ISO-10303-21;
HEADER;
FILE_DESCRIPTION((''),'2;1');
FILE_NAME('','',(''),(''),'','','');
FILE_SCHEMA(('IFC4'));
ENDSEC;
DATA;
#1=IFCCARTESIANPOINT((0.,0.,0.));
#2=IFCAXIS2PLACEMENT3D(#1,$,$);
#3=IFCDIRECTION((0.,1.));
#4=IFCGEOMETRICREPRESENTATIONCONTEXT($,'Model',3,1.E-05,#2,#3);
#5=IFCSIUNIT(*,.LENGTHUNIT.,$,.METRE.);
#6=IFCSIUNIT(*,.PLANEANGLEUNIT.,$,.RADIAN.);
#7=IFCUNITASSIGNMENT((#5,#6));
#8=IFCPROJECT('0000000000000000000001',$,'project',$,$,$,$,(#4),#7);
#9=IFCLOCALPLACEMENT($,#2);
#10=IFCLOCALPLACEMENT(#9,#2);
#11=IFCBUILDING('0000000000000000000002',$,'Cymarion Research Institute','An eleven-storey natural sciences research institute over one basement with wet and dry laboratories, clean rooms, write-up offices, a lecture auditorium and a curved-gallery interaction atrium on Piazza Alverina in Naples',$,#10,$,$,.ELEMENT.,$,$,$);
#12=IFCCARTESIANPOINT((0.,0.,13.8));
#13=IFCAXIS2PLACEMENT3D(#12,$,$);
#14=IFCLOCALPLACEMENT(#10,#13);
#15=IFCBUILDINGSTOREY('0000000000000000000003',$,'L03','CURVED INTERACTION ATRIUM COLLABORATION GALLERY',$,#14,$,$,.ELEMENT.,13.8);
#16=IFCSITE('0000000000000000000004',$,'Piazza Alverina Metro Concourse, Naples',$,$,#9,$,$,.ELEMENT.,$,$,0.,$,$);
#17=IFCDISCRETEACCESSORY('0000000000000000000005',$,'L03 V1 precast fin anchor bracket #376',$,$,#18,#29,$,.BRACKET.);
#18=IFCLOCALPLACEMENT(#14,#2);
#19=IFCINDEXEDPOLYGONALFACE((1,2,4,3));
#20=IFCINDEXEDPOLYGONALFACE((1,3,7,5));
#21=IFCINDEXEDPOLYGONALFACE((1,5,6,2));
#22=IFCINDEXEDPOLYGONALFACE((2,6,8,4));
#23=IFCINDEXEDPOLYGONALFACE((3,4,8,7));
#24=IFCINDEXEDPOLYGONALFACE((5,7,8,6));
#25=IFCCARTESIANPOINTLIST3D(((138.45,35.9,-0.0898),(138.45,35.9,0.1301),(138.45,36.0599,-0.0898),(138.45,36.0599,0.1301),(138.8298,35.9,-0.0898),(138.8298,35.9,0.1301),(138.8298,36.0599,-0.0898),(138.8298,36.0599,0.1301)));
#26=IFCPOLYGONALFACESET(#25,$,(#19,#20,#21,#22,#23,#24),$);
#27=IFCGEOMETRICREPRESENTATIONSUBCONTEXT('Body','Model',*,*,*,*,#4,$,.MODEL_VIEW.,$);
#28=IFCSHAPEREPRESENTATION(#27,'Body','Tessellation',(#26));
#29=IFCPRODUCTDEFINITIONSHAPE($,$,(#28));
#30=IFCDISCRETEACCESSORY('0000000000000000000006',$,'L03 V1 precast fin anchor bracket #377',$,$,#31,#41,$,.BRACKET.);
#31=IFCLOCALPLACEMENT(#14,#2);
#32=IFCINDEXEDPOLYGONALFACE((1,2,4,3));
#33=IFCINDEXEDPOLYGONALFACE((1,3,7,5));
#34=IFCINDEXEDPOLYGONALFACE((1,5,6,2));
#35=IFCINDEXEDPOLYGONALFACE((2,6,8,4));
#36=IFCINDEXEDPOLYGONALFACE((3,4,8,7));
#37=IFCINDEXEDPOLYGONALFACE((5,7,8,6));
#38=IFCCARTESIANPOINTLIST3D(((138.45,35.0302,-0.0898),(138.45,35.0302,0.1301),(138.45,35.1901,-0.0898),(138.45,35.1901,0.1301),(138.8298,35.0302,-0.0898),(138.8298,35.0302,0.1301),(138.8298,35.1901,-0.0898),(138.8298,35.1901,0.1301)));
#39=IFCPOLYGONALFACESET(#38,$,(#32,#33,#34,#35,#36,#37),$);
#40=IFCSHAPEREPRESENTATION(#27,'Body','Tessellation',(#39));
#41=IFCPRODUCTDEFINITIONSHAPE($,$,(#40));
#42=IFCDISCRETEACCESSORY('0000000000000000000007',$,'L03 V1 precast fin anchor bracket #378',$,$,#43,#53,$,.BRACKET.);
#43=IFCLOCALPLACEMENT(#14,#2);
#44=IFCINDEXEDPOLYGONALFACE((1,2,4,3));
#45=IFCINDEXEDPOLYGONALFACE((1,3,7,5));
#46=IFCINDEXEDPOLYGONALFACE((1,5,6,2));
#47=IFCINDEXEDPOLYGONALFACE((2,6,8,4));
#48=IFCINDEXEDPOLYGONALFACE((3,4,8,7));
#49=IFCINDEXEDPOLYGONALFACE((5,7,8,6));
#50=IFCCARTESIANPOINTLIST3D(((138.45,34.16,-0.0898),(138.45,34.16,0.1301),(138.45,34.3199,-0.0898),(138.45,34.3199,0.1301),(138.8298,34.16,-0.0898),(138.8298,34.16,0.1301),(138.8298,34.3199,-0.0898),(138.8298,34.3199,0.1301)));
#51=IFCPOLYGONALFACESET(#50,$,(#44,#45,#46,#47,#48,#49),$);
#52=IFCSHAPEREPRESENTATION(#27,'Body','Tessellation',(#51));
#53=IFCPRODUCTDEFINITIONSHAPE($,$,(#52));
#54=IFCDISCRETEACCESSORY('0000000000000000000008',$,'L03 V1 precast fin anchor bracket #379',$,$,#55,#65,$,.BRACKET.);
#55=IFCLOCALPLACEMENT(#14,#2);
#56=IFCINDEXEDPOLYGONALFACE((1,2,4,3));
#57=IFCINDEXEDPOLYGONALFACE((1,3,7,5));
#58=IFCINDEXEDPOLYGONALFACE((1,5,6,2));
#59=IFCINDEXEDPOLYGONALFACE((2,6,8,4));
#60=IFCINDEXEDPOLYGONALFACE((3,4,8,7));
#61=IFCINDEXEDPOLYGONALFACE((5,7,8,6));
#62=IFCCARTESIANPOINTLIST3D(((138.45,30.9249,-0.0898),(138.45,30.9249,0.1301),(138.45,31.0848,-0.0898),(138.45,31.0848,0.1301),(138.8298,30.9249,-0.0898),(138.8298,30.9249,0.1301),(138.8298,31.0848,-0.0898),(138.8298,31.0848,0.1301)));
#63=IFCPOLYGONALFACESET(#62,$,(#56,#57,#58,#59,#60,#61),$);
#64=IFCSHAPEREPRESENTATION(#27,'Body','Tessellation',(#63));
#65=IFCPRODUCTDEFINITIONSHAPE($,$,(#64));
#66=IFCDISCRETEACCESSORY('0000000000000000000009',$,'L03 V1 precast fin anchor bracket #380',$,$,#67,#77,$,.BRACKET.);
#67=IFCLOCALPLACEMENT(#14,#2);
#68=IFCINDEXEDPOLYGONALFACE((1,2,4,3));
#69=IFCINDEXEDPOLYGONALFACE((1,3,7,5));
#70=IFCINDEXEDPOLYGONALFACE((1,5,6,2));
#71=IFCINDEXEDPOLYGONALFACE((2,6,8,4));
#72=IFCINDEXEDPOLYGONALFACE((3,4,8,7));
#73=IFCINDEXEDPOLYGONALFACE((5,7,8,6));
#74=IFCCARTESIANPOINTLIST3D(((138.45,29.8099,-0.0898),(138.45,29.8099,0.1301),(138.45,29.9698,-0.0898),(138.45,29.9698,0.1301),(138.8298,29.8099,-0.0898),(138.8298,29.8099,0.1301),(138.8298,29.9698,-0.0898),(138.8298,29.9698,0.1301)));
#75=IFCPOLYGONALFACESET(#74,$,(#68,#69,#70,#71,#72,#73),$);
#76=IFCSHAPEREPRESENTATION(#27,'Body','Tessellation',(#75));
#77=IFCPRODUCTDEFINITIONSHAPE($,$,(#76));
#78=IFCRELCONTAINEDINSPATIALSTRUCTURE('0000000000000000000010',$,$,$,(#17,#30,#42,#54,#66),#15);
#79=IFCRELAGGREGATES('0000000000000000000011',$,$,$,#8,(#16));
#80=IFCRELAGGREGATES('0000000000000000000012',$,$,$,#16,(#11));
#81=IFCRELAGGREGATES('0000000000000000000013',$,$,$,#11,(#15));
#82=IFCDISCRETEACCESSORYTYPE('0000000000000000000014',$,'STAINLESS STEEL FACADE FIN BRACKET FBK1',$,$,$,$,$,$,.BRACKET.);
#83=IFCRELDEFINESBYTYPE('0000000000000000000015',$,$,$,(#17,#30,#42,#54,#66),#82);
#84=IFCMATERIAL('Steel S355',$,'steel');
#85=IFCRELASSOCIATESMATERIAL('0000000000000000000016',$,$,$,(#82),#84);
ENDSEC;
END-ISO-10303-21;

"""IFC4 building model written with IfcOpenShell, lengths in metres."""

from ifc_helpers import new_model, si_unit, direction, frame, origin, origin_2d, place, context, subcontext, project, spatial, rectangle, extrude, material, type_object, element, save


model = new_model("IFC4")

# Units and contexts
model_context = context("Model", 3, precision=1e-05, world=origin(), true_north=direction((0.0, 1.0)))
body_context = subcontext(model_context, "Body", "Model", "MODEL_VIEW")
ifc_project = project(units=[si_unit("LENGTHUNIT", "METRE"), si_unit("PLANEANGLEUNIT", "RADIAN")], contexts=[model_context])

# Site, building, storey
site_placement = place(None, origin())
site = spatial("IfcSite", under=ifc_project, at=site_placement, Name="Piazza Alverina Metro Concourse, Naples", CompositionType="ELEMENT", RefElevation=0.0)
building_placement = place(site_placement, origin())
building = spatial("IfcBuilding", under=site, at=building_placement, Name="Cymarion Research Institute", Description="An eleven-storey natural sciences research institute over one basement with wet and dry laboratories, clean rooms, write-up offices, a lecture auditorium and a curved-gallery interaction atrium on Piazza Alverina in Naples", CompositionType="ELEMENT")
storey_placement = place(building_placement, frame((0.0, 0.0, 13.8)))
storey = spatial("IfcBuildingStorey", under=building, at=storey_placement, Name="L03", Description="CURVED INTERACTION ATRIUM COLLABORATION GALLERY", CompositionType="ELEMENT", Elevation=13.8)

# Shared definitions
ifc_material_1 = material(Name="Steel S355", Category="steel")

# Discrete accessories
discrete_accessory_type = type_object("IfcDiscreteAccessoryType", Name="STAINLESS STEEL FACADE FIN BRACKET FBK1", PredefinedType="BRACKET", material=ifc_material_1)
for number, where, z_axis, x_axis, name in (
    (1, (138.6399, 35.98, -0.0898), (0.0, 0.0, 1.0), (-1.0, 0.0, 0.0), "L03 V1 precast fin anchor bracket #376"),
    (2, (138.6399, 35.1101, -0.0898), (0.0, 0.0, 1.0), (-1.0, 0.0, 0.0), "L03 V1 precast fin anchor bracket #377"),
    (3, (138.6399, 34.24, -0.0898), (0.0, 0.0, 1.0), (-1.0, 0.0, 0.0), "L03 V1 precast fin anchor bracket #378"),
    (4, (138.6399, 31.0049, -0.0898), (0.0, 0.0, 1.0), (-1.0, 0.0, 0.0), "L03 V1 precast fin anchor bracket #379"),
    (5, (138.6399, 29.8899, -0.0898), (0.0, 0.0, 1.0), (-1.0, 0.0, 0.0), "L03 V1 precast fin anchor bracket #380"),
):
    element("IfcDiscreteAccessory", number, at=place(storey_placement, frame(where, z_axis=z_axis, x_axis=x_axis)), inside=storey, type_object=discrete_accessory_type, Name=name, PredefinedType="BRACKET", context=body_context, shape_type="SweptSolid", body=[
        extrude(rectangle(XDim=0.3799, YDim=0.1599, at=origin_2d()), origin(), (0.0, 0.0, 1.0), 0.22),
    ])

save(model, "model.ifc")
